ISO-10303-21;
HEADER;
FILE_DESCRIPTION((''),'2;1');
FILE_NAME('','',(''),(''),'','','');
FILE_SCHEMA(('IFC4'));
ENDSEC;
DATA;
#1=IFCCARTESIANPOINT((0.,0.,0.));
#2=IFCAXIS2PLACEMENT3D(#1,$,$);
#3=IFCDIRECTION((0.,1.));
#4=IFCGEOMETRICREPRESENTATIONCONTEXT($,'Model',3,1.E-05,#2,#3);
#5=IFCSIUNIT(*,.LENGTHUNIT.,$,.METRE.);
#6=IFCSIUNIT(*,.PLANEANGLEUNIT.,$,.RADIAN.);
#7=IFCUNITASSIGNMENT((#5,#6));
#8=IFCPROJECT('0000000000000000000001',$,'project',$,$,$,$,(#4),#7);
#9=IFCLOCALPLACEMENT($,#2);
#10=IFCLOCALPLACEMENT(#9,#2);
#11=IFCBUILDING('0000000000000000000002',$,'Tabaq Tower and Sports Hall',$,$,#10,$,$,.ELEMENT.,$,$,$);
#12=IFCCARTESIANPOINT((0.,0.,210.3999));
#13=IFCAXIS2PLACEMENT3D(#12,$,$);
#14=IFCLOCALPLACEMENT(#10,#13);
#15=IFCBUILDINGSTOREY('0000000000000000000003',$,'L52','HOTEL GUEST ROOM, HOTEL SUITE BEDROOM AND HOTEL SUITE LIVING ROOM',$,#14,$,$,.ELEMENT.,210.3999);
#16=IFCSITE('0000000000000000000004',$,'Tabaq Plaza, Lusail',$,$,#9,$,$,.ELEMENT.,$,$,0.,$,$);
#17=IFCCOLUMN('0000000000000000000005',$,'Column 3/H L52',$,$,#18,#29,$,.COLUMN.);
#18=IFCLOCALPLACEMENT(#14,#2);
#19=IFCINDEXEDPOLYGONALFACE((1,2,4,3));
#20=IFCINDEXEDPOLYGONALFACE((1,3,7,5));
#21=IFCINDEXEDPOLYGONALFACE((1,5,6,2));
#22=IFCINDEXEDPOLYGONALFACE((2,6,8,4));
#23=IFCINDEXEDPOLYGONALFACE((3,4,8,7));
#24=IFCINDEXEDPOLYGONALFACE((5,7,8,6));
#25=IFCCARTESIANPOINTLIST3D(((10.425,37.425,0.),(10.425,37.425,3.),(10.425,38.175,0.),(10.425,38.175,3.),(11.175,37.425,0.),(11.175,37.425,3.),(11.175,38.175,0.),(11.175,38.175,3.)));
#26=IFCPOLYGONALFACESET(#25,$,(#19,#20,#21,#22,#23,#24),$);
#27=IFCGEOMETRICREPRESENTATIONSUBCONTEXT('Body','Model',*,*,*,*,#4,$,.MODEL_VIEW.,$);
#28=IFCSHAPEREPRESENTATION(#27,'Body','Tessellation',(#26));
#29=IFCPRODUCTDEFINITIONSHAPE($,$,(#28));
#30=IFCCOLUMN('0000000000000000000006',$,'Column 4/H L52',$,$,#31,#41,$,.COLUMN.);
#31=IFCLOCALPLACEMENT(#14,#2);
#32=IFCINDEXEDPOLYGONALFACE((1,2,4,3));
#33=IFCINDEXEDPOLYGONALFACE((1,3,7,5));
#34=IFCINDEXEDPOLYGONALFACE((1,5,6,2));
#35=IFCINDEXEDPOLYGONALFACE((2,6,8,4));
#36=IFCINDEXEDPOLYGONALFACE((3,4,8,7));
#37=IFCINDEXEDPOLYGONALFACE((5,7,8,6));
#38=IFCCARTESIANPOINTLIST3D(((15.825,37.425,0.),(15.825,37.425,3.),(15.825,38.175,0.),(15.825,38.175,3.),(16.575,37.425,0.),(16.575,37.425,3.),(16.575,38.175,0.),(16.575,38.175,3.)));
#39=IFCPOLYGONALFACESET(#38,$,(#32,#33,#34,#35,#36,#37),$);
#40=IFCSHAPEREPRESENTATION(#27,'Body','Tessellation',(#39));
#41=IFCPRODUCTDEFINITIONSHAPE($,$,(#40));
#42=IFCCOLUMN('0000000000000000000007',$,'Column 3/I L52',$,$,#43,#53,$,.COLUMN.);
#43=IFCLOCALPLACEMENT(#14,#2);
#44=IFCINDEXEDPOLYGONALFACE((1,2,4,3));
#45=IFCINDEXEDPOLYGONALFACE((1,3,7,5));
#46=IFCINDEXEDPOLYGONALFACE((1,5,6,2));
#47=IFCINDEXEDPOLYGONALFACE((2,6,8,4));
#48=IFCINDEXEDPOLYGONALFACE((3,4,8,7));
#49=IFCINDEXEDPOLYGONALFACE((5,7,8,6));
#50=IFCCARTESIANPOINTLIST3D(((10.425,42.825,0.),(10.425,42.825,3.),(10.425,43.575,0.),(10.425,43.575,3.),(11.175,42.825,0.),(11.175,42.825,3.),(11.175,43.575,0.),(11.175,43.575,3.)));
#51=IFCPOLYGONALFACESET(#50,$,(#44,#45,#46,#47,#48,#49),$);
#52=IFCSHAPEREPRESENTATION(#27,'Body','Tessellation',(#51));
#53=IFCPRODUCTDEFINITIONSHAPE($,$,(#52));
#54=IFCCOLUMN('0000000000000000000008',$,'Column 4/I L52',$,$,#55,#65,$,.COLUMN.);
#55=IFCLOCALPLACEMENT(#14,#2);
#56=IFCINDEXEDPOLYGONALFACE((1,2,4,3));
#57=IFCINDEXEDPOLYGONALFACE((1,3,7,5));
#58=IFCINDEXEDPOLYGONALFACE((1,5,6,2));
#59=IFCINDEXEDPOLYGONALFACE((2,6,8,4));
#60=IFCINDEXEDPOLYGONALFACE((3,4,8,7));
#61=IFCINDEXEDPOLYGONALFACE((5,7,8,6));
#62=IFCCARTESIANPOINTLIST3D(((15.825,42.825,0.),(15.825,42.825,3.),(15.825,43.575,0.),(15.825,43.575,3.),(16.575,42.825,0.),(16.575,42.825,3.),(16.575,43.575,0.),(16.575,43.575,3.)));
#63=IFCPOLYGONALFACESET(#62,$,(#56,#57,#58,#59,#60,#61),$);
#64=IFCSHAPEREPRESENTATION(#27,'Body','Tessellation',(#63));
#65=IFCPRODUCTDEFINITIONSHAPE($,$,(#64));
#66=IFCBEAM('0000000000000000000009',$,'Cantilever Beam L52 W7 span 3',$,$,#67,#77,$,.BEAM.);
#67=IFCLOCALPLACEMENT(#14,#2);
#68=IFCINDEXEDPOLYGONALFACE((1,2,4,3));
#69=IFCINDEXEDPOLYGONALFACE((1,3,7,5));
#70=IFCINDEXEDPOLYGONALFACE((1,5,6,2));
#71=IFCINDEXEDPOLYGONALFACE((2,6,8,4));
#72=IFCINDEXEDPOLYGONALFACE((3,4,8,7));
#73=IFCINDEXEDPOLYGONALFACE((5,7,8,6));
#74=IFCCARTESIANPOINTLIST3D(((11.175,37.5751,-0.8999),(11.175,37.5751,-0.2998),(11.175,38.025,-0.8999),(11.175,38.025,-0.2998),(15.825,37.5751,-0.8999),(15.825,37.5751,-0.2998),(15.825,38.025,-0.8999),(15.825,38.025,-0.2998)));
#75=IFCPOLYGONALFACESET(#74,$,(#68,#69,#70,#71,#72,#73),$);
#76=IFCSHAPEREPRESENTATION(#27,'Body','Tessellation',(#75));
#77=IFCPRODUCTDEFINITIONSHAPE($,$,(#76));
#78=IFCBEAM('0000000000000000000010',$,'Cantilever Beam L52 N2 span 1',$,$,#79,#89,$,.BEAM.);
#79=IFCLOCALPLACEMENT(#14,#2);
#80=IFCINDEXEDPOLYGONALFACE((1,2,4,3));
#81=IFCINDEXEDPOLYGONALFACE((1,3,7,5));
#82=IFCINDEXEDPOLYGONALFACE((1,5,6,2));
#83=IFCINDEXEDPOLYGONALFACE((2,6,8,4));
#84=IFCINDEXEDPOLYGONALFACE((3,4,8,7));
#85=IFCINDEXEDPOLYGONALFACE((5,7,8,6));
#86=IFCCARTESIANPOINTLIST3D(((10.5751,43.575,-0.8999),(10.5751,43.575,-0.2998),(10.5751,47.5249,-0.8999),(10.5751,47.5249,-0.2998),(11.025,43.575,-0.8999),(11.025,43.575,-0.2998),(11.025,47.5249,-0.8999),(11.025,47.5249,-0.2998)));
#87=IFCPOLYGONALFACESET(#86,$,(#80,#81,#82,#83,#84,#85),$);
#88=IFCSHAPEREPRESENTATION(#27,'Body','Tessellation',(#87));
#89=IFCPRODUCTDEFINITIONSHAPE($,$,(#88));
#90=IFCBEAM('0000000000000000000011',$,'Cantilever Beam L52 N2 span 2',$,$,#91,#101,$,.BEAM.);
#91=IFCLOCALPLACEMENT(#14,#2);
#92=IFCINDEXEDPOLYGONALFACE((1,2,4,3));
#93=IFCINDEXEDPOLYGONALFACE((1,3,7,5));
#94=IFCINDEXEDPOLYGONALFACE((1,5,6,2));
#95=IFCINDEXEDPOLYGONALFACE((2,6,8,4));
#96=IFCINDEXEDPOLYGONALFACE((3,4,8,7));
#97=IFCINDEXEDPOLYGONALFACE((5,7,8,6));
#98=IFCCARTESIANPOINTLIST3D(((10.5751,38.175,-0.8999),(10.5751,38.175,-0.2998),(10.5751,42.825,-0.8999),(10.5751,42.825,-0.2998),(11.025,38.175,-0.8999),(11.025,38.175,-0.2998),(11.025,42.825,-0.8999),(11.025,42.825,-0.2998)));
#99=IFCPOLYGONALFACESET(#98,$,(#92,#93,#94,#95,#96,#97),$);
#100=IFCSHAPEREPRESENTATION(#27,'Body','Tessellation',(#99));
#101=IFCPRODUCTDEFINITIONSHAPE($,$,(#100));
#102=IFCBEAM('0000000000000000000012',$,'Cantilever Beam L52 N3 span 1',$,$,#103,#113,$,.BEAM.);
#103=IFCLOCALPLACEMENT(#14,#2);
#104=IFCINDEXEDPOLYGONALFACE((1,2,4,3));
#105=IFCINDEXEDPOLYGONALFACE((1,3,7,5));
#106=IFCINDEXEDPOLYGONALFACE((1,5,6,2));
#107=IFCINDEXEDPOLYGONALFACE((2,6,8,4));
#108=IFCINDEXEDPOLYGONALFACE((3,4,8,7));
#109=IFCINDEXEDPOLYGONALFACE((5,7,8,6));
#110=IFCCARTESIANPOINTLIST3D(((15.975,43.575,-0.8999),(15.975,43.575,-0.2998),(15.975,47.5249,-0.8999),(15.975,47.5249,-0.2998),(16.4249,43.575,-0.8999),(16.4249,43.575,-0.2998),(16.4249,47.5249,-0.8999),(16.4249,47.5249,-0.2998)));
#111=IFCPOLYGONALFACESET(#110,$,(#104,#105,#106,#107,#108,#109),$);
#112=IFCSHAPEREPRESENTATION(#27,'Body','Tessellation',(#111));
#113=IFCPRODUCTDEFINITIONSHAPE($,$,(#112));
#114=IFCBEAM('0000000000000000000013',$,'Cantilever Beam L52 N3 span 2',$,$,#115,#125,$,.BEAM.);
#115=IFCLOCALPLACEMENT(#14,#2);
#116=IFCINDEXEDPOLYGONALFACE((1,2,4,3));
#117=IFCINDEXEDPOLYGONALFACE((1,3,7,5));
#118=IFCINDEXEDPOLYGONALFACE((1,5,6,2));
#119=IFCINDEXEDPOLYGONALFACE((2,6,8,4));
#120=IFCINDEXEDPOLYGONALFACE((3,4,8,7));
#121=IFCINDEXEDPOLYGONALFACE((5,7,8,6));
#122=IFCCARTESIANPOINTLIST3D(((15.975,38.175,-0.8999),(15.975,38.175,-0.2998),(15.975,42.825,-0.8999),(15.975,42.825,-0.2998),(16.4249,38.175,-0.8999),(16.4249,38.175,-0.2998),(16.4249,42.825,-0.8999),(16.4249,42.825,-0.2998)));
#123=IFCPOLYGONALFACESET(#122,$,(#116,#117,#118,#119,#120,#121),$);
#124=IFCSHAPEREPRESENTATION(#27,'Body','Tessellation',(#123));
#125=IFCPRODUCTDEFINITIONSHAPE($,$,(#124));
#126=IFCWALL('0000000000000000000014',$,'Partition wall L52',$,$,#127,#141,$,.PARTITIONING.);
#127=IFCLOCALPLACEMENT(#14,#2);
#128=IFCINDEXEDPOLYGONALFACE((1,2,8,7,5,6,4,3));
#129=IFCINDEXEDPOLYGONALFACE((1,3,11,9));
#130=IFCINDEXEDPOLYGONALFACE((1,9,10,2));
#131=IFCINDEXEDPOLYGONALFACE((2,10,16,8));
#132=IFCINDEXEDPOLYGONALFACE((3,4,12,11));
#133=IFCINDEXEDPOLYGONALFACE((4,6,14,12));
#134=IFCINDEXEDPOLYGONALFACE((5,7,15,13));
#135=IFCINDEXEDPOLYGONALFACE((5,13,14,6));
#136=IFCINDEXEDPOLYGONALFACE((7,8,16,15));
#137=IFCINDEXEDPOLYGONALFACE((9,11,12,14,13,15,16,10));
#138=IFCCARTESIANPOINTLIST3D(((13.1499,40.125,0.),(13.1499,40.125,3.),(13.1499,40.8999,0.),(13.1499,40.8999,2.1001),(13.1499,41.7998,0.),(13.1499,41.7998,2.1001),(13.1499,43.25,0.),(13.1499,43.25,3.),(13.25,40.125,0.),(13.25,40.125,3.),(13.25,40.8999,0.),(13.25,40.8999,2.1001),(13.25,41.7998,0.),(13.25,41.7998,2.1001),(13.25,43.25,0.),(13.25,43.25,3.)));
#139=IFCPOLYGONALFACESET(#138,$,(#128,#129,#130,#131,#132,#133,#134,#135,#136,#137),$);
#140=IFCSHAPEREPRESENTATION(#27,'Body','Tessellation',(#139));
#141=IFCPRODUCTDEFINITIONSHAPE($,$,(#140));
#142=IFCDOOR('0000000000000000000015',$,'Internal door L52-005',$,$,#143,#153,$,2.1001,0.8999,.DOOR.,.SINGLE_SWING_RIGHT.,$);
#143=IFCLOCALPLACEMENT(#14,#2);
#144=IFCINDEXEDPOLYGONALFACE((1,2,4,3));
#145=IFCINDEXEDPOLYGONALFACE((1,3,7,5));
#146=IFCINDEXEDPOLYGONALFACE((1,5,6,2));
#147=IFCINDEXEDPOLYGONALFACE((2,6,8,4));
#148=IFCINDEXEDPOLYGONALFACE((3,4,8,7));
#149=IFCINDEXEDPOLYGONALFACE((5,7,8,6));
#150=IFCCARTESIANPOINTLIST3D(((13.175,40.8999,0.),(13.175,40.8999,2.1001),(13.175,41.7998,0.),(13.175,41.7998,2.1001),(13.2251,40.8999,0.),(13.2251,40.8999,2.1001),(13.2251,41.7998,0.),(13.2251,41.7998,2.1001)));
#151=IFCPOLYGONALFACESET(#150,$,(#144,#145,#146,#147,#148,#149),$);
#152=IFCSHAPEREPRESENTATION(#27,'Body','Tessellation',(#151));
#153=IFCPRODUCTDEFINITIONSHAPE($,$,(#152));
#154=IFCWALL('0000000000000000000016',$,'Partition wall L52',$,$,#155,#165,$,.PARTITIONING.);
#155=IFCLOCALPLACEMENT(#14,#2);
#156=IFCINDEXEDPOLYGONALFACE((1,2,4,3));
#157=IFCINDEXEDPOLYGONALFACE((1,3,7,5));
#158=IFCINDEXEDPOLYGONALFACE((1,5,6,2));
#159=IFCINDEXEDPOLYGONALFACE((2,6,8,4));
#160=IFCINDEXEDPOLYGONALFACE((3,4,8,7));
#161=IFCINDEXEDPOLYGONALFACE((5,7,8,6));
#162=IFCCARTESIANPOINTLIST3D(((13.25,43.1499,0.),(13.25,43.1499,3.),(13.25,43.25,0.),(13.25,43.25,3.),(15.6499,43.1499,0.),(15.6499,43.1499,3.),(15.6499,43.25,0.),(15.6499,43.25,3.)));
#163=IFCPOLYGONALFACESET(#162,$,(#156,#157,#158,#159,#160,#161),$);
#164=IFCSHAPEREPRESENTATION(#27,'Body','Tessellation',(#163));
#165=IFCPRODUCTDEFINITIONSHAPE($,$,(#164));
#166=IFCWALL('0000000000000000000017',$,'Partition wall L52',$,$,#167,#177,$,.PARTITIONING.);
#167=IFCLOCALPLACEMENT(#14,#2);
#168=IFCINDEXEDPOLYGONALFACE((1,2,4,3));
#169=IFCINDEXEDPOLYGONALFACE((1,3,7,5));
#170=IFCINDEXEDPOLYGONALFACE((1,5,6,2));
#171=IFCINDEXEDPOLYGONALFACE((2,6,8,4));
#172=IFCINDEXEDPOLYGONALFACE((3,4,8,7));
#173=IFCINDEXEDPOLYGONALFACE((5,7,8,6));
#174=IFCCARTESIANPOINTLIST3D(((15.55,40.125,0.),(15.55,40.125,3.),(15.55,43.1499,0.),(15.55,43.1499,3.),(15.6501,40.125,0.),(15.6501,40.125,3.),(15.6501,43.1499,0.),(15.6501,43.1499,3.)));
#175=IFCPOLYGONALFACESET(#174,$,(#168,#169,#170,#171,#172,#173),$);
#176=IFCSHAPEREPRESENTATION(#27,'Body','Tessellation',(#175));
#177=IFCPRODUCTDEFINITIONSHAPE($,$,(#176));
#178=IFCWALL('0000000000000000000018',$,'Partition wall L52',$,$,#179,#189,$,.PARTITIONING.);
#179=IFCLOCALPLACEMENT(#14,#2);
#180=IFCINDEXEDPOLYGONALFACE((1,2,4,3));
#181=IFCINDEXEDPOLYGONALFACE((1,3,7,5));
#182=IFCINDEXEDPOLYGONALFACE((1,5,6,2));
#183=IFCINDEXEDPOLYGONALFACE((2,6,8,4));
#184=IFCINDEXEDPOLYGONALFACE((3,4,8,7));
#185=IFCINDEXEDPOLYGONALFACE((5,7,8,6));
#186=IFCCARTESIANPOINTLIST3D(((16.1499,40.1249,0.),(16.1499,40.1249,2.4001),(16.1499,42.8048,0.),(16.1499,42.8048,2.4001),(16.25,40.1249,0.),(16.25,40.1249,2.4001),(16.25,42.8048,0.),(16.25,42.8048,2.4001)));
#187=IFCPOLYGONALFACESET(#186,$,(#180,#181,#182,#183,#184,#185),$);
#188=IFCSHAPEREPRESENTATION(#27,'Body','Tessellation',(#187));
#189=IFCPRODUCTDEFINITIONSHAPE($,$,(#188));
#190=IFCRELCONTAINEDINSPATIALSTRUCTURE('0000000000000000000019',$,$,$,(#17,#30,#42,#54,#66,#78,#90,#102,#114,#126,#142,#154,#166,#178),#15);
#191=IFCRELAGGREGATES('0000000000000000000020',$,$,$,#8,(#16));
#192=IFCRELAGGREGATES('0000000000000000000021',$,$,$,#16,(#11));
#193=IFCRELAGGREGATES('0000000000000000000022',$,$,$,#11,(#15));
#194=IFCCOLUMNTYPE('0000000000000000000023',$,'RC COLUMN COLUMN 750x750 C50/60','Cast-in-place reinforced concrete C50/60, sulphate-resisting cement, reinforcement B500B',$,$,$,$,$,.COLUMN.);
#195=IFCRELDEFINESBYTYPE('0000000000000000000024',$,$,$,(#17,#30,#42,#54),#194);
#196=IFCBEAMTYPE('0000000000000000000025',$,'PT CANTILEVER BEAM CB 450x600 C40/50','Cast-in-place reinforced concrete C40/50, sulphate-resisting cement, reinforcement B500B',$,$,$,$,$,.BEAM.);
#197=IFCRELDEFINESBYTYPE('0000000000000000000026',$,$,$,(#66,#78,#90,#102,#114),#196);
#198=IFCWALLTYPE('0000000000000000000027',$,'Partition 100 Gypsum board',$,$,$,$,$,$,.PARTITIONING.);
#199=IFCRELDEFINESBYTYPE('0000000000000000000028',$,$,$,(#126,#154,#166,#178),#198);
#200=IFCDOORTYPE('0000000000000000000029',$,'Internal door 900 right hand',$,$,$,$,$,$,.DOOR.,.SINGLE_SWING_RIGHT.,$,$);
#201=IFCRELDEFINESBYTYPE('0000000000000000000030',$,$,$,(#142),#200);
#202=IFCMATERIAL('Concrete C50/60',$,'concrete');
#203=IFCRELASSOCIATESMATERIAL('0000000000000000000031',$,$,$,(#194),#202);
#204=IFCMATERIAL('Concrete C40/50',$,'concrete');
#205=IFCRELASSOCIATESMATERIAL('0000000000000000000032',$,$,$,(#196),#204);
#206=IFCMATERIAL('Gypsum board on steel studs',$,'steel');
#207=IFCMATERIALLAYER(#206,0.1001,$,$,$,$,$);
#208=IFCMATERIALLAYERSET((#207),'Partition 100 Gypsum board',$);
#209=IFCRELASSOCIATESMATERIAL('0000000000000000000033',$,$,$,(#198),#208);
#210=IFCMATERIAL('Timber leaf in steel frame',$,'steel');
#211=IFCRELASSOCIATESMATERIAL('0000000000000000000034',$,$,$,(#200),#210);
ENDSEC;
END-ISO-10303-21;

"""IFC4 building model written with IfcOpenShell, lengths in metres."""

from ifc_helpers import new_model, si_unit, direction, frame, frame_2d, origin, origin_2d, place, context, subcontext, project, spatial, rectangle, extrude, material, layer, layer_set, material_profile, profile_set, type_object, element, fill, save


model = new_model("IFC4")

# Units and contexts
model_context = context("Model", 3, precision=1e-05, world=origin(), true_north=direction((0.0, 1.0)))
body_context = subcontext(model_context, "Body", "Model", "MODEL_VIEW")
ifc_project = project(units=[si_unit("LENGTHUNIT", "METRE"), si_unit("PLANEANGLEUNIT", "RADIAN")], contexts=[model_context])

# Site, building, storey
site_placement = place(None, origin())
site = spatial("IfcSite", under=ifc_project, at=site_placement, Name="Tabaq Plaza, Lusail", CompositionType="ELEMENT", RefElevation=0.0)
building_placement = place(site_placement, origin())
building = spatial("IfcBuilding", under=site, at=building_placement, Name="Tabaq Tower and Sports Hall", CompositionType="ELEMENT")
storey_placement = place(building_placement, frame((0.0, 0.0, 210.3999)))
storey = spatial("IfcBuildingStorey", under=building, at=storey_placement, Name="L52", Description="HOTEL GUEST ROOM, HOTEL SUITE BEDROOM AND HOTEL SUITE LIVING ROOM", CompositionType="ELEMENT", Elevation=210.3999)

# Columns
ifc_material_1 = material(Name="Concrete C50/60", Category="concrete")
ifc_material_profile_1 = material_profile(ifc_material_1, rectangle(XDim=0.75, YDim=0.75, at=origin_2d()), Name="COLUMN 750x750")
ifc_profile_set_1 = profile_set([ifc_material_profile_1], Name="Concrete C50/60")
column_type = type_object("IfcColumnType", Name="RC COLUMN COLUMN 750x750 C50/60", Description="Cast-in-place reinforced concrete C50/60, sulphate-resisting cement, reinforcement B500B", PredefinedType="COLUMN", material=ifc_profile_set_1)
for number, where, z_axis, x_axis, name in (
    (1, (10.8, 37.8, 0.0), (0.0, 0.0, 1.0), (1.0, 0.0, 0.0), "Column 3/H L52"),
    (2, (16.2, 37.8, 0.0), (0.0, 0.0, 1.0), (1.0, 0.0, 0.0), "Column 4/H L52"),
    (3, (10.8, 43.2, 0.0), (0.0, 0.0, 1.0), (1.0, 0.0, 0.0), "Column 3/I L52"),
    (4, (16.2, 43.2, 0.0), (0.0, 0.0, 1.0), (1.0, 0.0, 0.0), "Column 4/I L52"),
):
    element("IfcColumn", number, at=place(storey_placement, frame(where, z_axis=z_axis, x_axis=x_axis)), inside=storey, type_object=column_type, Name=name, PredefinedType="COLUMN", context=body_context, shape_type="SweptSolid", body=[
        extrude(rectangle(XDim=0.75, YDim=0.75, at=origin_2d()), origin(), (0.0, 0.0, 1.0), 3.0),
    ])

# Beams
ifc_material_2 = material(Name="Concrete C40/50", Category="concrete")
ifc_material_profile_2 = material_profile(ifc_material_2, rectangle(XDim=0.45, YDim=0.6001, at=origin_2d()), Name="CB 450x600")
ifc_profile_set_2 = profile_set([ifc_material_profile_2], Name="Concrete C40/50")
beam_type = type_object("IfcBeamType", Name="PT CANTILEVER BEAM CB 450x600 C40/50", Description="Cast-in-place reinforced concrete C40/50, sulphate-resisting cement, reinforcement B500B", PredefinedType="BEAM", material=ifc_profile_set_2)
beam_1_placement = place(storey_placement, frame((11.175, 37.8, -0.5999), z_axis=(1.0, 0.0, 0.0), x_axis=(0.0, 1.0, 0.0)))
element("IfcBeam", 5, at=beam_1_placement, inside=storey, type_object=beam_type, Name="Cantilever Beam L52 W7 span 3", PredefinedType="BEAM", context=body_context, shape_type="SweptSolid", body=[
    extrude(rectangle(XDim=0.45, YDim=0.6001, at=origin_2d()), origin(), (0.0, 0.0, 1.0), 4.6499),
])
beam_2_placement = place(storey_placement, frame((10.8, 47.5249, -0.5999), z_axis=(0.0, -1.0, 0.0), x_axis=(1.0, 0.0, 0.0)))
element("IfcBeam", 6, at=beam_2_placement, inside=storey, type_object=beam_type, Name="Cantilever Beam L52 N2 span 1", PredefinedType="BEAM", context=body_context, shape_type="SweptSolid", body=[
    extrude(rectangle(XDim=0.45, YDim=0.6001, at=origin_2d()), origin(), (0.0, 0.0, 1.0), 3.95),
])
beam_3_placement = place(storey_placement, frame((10.8, 42.825, -0.5999), z_axis=(0.0, -1.0, 0.0), x_axis=(1.0, 0.0, 0.0)))
element("IfcBeam", 7, at=beam_3_placement, inside=storey, type_object=beam_type, Name="Cantilever Beam L52 N2 span 2", PredefinedType="BEAM", context=body_context, shape_type="SweptSolid", body=[
    extrude(rectangle(XDim=0.45, YDim=0.6001, at=origin_2d()), origin(), (0.0, 0.0, 1.0), 4.6499),
])
beam_4_placement = place(storey_placement, frame((16.2, 47.5249, -0.5999), z_axis=(0.0, -1.0, 0.0), x_axis=(1.0, 0.0, 0.0)))
element("IfcBeam", 8, at=beam_4_placement, inside=storey, type_object=beam_type, Name="Cantilever Beam L52 N3 span 1", PredefinedType="BEAM", context=body_context, shape_type="SweptSolid", body=[
    extrude(rectangle(XDim=0.45, YDim=0.6001, at=origin_2d()), origin(), (0.0, 0.0, 1.0), 3.95),
])
beam_5_placement = place(storey_placement, frame((16.2, 42.825, -0.5999), z_axis=(0.0, -1.0, 0.0), x_axis=(1.0, 0.0, 0.0)))
element("IfcBeam", 9, at=beam_5_placement, inside=storey, type_object=beam_type, Name="Cantilever Beam L52 N3 span 2", PredefinedType="BEAM", context=body_context, shape_type="SweptSolid", body=[
    extrude(rectangle(XDim=0.45, YDim=0.6001, at=origin_2d()), origin(), (0.0, 0.0, 1.0), 4.6499),
])

# Wall, opening, door
ifc_material_3 = material(Name="Gypsum board on steel studs", Category="steel")
ifc_layer_1 = layer(ifc_material_3, 0.1001)
ifc_layer_set_1 = layer_set([ifc_layer_1], Name="Partition 100 Gypsum board")
wall_type_1 = type_object("IfcWallType", Name="Partition 100 Gypsum board", PredefinedType="PARTITIONING", material=ifc_layer_set_1)
wall_1_placement = place(storey_placement, frame((13.2, 40.125, 0.0), z_axis=(0.0, 0.0, 1.0), x_axis=(0.0, 1.0, 0.0)))
wall_1 = element("IfcWall", 10, at=wall_1_placement, inside=storey, type_object=wall_type_1, Name="Partition wall L52", PredefinedType="PARTITIONING", context=body_context, shape_type="SweptSolid", body=[
    extrude(rectangle(XDim=3.125, YDim=0.1001, at=frame_2d((1.5625, 0.0))), origin(), (0.0, 0.0, 1.0), 3.0),
])
opening_1_placement = place(wall_1_placement, frame((0.7749, 0.0, 0.0)))
opening_1 = element("IfcOpeningElement", 11, at=opening_1_placement, cuts=wall_1, PredefinedType="OPENING", context=body_context, shape_type="SweptSolid", body=[
    extrude(rectangle(XDim=0.8999, YDim=2.1001, at=frame_2d((0.45, 1.05))), frame((0.0, 0.05, 0.0), z_axis=(0.0, -1.0, 0.0), x_axis=(1.0, 0.0, 0.0)), (0.0, 0.0, 1.0), 0.1001),
])
ifc_material_4 = material(Name="Timber leaf in steel frame", Category="steel")
door_type_1 = type_object("IfcDoorType", Name="Internal door 900 right hand", OperationType="SINGLE_SWING_RIGHT", PredefinedType="DOOR", material=ifc_material_4)
door_1_placement = place(opening_1_placement, origin())
door_1 = element("IfcDoor", 12, at=door_1_placement, inside=storey, type_object=door_type_1, Name="Internal door L52-005", OperationType="SINGLE_SWING_RIGHT", OverallHeight=2.1001, OverallWidth=0.8999, PredefinedType="DOOR", context=body_context, shape_type="SweptSolid", body=[
    extrude(rectangle(XDim=0.8999, YDim=2.1001, at=frame_2d((0.45, 1.05))), frame((0.0, 0.0249, 0.0), z_axis=(0.0, -1.0, 0.0), x_axis=(1.0, 0.0, 0.0)), (0.0, 0.0, 1.0), 0.05),
])
fill(opening_1, door_1)

# Walls
wall_2_placement = place(storey_placement, frame((13.25, 43.2, 0.0), z_axis=(0.0, 0.0, 1.0), x_axis=(1.0, 0.0, 0.0)))
element("IfcWall", 13, at=wall_2_placement, inside=storey, type_object=wall_type_1, Name="Partition wall L52", PredefinedType="PARTITIONING", context=body_context, shape_type="SweptSolid", body=[
    extrude(rectangle(XDim=2.3999, YDim=0.1001, at=frame_2d((1.2, 0.0))), origin(), (0.0, 0.0, 1.0), 3.0),
])
wall_3_placement = place(storey_placement, frame((15.6001, 43.1499, 0.0), z_axis=(0.0, 0.0, 1.0), x_axis=(0.0, -1.0, 0.0)))
element("IfcWall", 14, at=wall_3_placement, inside=storey, type_object=wall_type_1, Name="Partition wall L52", PredefinedType="PARTITIONING", context=body_context, shape_type="SweptSolid", body=[
    extrude(rectangle(XDim=3.0249, YDim=0.1001, at=frame_2d((1.5125, 0.0))), origin(), (0.0, 0.0, 1.0), 3.0),
])
wall_4_placement = place(storey_placement, frame((16.2, 40.125, 0.0), z_axis=(0.0, 0.0, 1.0), x_axis=(0.0, 1.0, 0.0)))
element("IfcWall", 15, at=wall_4_placement, inside=storey, type_object=wall_type_1, Name="Partition wall L52", PredefinedType="PARTITIONING", context=body_context, shape_type="SweptSolid", body=[
    extrude(rectangle(XDim=2.6799, YDim=0.1001, at=frame_2d((1.3398, 0.0))), origin(), (0.0, 0.0, 1.0), 2.4001),
])

save(model, "model.ifc")
